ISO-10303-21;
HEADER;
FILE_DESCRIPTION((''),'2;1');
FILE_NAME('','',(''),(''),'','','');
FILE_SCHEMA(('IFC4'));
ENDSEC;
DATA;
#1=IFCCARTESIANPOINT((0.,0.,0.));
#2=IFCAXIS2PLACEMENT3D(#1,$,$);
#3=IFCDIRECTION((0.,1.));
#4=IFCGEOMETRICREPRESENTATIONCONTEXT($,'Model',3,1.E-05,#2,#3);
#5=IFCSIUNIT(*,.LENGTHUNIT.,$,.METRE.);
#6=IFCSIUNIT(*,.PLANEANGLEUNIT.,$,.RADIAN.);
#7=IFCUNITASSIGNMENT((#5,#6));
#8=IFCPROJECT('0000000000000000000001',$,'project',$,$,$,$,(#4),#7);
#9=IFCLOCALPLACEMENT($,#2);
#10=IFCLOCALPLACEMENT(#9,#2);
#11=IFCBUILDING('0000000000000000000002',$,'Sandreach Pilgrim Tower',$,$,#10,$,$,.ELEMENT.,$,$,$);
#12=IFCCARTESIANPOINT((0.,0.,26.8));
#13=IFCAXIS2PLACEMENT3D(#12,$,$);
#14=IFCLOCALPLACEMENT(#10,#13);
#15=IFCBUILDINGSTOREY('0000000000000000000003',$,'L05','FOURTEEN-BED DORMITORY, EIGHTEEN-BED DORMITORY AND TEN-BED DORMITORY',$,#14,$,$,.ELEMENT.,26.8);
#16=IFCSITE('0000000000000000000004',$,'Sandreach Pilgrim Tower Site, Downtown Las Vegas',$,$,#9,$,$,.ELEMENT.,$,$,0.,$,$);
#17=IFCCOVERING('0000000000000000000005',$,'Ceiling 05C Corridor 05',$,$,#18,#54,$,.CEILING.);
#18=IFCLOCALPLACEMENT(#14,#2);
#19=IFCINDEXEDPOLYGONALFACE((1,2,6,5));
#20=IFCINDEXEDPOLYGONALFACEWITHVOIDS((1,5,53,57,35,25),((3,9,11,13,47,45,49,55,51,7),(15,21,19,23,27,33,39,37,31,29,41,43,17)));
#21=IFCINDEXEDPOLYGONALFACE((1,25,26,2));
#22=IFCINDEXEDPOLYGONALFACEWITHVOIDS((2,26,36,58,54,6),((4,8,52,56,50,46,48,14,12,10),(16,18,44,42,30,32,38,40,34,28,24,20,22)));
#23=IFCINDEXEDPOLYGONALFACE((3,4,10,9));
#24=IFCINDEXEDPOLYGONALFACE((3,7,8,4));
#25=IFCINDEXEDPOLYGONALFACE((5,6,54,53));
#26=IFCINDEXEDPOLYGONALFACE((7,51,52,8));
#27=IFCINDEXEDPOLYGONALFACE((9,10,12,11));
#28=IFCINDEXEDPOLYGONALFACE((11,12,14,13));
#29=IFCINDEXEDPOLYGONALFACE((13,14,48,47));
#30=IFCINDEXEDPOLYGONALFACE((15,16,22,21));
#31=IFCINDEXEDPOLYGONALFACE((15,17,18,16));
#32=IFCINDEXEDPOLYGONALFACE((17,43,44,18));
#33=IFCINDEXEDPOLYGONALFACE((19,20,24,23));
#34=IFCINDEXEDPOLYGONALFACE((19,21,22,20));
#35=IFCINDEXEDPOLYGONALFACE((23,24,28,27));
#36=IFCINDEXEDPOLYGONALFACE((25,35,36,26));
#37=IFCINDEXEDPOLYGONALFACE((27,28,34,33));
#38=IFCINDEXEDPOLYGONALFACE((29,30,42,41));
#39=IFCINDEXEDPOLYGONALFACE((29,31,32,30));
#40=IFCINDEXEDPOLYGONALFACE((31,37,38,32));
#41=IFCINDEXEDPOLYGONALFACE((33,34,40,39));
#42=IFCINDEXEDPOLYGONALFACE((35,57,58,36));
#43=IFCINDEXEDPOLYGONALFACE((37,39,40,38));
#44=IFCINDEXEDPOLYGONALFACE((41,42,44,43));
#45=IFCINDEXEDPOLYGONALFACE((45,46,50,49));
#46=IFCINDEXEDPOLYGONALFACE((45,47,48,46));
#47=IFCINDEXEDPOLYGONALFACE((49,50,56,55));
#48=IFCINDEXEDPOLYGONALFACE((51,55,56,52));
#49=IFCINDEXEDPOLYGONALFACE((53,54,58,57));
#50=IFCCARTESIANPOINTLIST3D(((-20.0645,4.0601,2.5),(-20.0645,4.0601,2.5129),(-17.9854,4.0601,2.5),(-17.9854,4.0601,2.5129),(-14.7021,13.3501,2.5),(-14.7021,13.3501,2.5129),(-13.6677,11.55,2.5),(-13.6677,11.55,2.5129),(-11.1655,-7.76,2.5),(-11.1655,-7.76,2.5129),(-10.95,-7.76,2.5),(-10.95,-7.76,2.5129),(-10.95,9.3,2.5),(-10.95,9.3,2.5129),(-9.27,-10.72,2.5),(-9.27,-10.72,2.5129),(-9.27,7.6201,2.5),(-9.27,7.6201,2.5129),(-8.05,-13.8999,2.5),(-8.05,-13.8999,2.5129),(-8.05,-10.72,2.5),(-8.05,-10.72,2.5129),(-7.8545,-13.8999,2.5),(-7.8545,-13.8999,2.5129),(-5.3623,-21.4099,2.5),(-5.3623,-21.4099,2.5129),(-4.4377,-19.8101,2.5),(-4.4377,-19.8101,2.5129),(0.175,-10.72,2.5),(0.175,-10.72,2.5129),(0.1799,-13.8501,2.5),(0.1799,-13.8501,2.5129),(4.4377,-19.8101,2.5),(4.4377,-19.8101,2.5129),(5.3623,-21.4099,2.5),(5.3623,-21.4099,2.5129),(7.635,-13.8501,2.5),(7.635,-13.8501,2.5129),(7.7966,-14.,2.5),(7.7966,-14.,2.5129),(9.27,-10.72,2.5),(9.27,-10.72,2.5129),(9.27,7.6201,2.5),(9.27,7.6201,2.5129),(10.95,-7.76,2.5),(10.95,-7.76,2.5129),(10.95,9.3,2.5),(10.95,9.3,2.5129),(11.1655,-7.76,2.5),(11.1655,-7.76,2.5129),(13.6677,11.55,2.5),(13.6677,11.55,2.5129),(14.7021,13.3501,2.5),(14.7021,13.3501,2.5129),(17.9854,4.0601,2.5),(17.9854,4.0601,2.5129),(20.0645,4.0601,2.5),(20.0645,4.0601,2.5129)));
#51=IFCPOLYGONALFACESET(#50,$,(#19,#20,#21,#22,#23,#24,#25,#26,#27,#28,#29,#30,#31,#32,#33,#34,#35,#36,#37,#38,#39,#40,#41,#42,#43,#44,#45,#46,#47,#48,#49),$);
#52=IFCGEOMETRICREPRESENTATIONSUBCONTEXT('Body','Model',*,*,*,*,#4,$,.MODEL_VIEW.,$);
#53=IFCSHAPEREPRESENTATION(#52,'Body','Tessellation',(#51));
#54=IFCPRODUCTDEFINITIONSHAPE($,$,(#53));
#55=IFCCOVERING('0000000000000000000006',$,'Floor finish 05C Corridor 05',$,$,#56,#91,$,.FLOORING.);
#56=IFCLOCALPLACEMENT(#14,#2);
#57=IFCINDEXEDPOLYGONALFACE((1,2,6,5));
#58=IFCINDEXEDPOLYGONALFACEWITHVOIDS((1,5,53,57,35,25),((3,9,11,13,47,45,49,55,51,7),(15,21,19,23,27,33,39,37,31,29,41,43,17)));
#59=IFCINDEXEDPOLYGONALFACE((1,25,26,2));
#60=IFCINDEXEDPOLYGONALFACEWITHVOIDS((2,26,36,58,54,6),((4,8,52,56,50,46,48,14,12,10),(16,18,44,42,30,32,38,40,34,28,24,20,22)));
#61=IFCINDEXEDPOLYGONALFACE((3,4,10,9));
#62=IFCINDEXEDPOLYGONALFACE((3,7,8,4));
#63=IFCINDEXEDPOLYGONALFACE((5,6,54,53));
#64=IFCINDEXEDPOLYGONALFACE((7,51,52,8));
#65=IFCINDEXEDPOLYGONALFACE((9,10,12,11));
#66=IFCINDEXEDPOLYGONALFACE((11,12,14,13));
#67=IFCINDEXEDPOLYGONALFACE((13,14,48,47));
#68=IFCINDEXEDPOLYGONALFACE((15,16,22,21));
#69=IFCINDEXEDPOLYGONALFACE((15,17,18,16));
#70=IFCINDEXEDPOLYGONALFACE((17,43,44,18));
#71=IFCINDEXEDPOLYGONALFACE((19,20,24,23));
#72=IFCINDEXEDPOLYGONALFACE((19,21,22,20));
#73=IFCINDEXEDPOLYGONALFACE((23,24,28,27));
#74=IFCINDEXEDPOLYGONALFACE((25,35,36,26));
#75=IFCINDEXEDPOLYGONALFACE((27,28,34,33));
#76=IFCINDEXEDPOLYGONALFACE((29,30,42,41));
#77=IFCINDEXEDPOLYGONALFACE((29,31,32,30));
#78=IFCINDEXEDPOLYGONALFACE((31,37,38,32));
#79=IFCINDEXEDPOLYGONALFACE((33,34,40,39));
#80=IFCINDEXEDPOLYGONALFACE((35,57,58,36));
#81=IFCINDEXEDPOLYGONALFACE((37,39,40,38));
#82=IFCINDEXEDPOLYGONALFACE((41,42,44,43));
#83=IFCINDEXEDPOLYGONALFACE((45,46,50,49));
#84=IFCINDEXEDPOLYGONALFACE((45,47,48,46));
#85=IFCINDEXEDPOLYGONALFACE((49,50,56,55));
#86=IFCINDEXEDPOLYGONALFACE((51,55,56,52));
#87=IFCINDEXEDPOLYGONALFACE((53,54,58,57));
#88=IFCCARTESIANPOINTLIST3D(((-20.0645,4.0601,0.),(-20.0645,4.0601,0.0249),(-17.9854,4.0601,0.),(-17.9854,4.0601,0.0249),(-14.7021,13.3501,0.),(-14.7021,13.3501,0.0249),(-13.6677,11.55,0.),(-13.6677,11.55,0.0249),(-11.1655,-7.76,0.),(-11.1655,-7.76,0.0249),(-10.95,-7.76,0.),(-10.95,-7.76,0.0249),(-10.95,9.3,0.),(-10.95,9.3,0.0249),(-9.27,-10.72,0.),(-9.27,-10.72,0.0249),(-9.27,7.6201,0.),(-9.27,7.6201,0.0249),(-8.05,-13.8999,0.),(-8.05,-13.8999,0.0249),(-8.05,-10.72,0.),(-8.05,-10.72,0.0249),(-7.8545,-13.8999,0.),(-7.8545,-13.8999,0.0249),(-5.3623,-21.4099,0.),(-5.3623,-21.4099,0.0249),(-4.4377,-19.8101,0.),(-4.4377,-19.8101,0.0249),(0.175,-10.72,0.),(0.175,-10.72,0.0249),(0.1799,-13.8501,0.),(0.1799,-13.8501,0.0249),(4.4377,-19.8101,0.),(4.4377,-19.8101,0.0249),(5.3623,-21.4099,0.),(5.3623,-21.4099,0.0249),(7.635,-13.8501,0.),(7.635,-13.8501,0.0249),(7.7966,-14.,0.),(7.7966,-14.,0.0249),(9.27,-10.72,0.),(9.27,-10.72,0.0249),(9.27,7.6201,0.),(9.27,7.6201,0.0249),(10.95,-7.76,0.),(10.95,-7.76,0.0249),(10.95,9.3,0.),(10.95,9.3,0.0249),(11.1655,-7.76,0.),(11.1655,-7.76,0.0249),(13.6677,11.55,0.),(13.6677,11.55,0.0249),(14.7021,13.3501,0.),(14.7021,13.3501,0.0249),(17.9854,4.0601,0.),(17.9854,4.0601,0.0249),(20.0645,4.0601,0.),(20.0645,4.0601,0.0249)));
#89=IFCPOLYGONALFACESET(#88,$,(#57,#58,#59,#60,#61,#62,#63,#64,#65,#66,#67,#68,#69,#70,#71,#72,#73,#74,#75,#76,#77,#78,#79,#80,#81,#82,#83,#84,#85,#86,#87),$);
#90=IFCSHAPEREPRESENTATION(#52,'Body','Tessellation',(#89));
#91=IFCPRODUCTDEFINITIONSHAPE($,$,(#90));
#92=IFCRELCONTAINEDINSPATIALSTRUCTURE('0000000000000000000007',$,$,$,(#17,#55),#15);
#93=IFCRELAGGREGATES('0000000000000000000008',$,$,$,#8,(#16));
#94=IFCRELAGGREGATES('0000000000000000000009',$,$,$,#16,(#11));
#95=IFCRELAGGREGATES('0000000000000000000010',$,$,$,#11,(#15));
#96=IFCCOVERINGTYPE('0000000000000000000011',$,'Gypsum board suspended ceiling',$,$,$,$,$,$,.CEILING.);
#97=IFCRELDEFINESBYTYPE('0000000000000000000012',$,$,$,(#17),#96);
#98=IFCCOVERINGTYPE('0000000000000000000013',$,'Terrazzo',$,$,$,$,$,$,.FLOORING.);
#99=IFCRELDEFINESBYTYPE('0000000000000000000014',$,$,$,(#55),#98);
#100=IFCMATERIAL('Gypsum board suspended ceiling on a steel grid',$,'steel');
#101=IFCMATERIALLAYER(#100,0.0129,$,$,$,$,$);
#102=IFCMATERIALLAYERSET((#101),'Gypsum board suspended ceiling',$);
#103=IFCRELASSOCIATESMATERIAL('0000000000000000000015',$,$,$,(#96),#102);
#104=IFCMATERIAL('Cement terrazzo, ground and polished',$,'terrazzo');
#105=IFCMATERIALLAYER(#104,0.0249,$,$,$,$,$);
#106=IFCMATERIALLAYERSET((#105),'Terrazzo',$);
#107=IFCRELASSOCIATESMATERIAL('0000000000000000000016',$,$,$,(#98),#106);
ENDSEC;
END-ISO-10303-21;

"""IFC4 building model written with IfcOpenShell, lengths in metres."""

from ifc_helpers import new_model, si_unit, direction, frame, origin, place, context, subcontext, project, spatial, polyline, outline, extrude, material, layer, layer_set, type_object, element, save


model = new_model("IFC4")

# Units and contexts
model_context = context("Model", 3, precision=1e-05, world=origin(), true_north=direction((0.0, 1.0)))
body_context = subcontext(model_context, "Body", "Model", "MODEL_VIEW")
ifc_project = project(units=[si_unit("LENGTHUNIT", "METRE"), si_unit("PLANEANGLEUNIT", "RADIAN")], contexts=[model_context])

# Site, building, storey
site_placement = place(None, origin())
site = spatial("IfcSite", under=ifc_project, at=site_placement, Name="Sandreach Pilgrim Tower Site, Downtown Las Vegas", CompositionType="ELEMENT", RefElevation=0.0)
building_placement = place(site_placement, origin())
building = spatial("IfcBuilding", under=site, at=building_placement, Name="Sandreach Pilgrim Tower", CompositionType="ELEMENT")
storey_placement = place(building_placement, frame((0.0, 0.0, 26.8)))
storey = spatial("IfcBuildingStorey", under=building, at=storey_placement, Name="L05", Description="FOURTEEN-BED DORMITORY, EIGHTEEN-BED DORMITORY AND TEN-BED DORMITORY", CompositionType="ELEMENT", Elevation=26.8)

# Coverings
ifc_material_1 = material(Name="Gypsum board suspended ceiling on a steel grid", Category="steel")
ifc_layer_1 = layer(ifc_material_1, 0.0129)
ifc_layer_set_1 = layer_set([ifc_layer_1], Name="Gypsum board suspended ceiling")
covering_type_1 = type_object("IfcCoveringType", Name="Gypsum board suspended ceiling", PredefinedType="CEILING", material=ifc_layer_set_1)
covering_1_placement = place(storey_placement, frame((0.0, 0.0, 2.5)))
element("IfcCovering", 1, at=covering_1_placement, inside=storey, type_object=covering_type_1, Name="Ceiling 05C Corridor 05", PredefinedType="CEILING", context=body_context, shape_type="SweptSolid", body=[
    extrude(outline(polyline([(-5.3623, -21.4099), (-20.0645, 4.0601), (-14.7021, 13.3501), (14.7021, 13.3501), (20.0645, 4.0601), (5.3623, -21.4099), (-5.3623, -21.4099)]), holes=[polyline([(-11.1655, -7.76), (-10.95, -7.76), (-10.95, 9.3), (10.95, 9.3), (10.95, -7.76), (11.1655, -7.76), (17.9854, 4.0601), (13.6677, 11.55), (-13.6677, 11.55), (-17.9854, 4.0601), (-11.1655, -7.76)]), polyline([(-8.05, -10.72), (-8.05, -13.8999), (-7.8545, -13.8999), (-4.4377, -19.8101), (4.4377, -19.8101), (7.7966, -14.0), (7.635, -13.8501), (0.1799, -13.8501), (0.175, -10.72), (9.27, -10.72), (9.27, 7.6201), (-9.27, 7.6201), (-9.27, -10.72), (-8.05, -10.72)])]), origin(), (0.0, 0.0, 1.0), 0.0129),
])
ifc_material_2 = material(Name="Cement terrazzo, ground and polished", Category="terrazzo")
ifc_layer_2 = layer(ifc_material_2, 0.0249)
ifc_layer_set_2 = layer_set([ifc_layer_2], Name="Terrazzo")
covering_type_2 = type_object("IfcCoveringType", Name="Terrazzo", PredefinedType="FLOORING", material=ifc_layer_set_2)
covering_2_placement = place(storey_placement, origin())
element("IfcCovering", 2, at=covering_2_placement, inside=storey, type_object=covering_type_2, Name="Floor finish 05C Corridor 05", PredefinedType="FLOORING", context=body_context, shape_type="SweptSolid", body=[
    extrude(outline(polyline([(-5.3623, -21.4099), (-20.0645, 4.0601), (-14.7021, 13.3501), (14.7021, 13.3501), (20.0645, 4.0601), (5.3623, -21.4099), (-5.3623, -21.4099)]), holes=[polyline([(-11.1655, -7.76), (-10.95, -7.76), (-10.95, 9.3), (10.95, 9.3), (10.95, -7.76), (11.1655, -7.76), (17.9854, 4.0601), (13.6677, 11.55), (-13.6677, 11.55), (-17.9854, 4.0601), (-11.1655, -7.76)]), polyline([(-8.05, -10.72), (-8.05, -13.8999), (-7.8545, -13.8999), (-4.4377, -19.8101), (4.4377, -19.8101), (7.7966, -14.0), (7.635, -13.8501), (0.1799, -13.8501), (0.175, -10.72), (9.27, -10.72), (9.27, 7.6201), (-9.27, 7.6201), (-9.27, -10.72), (-8.05, -10.72)])]), origin(), (0.0, 0.0, 1.0), 0.0249),
])

save(model, "model.ifc")
